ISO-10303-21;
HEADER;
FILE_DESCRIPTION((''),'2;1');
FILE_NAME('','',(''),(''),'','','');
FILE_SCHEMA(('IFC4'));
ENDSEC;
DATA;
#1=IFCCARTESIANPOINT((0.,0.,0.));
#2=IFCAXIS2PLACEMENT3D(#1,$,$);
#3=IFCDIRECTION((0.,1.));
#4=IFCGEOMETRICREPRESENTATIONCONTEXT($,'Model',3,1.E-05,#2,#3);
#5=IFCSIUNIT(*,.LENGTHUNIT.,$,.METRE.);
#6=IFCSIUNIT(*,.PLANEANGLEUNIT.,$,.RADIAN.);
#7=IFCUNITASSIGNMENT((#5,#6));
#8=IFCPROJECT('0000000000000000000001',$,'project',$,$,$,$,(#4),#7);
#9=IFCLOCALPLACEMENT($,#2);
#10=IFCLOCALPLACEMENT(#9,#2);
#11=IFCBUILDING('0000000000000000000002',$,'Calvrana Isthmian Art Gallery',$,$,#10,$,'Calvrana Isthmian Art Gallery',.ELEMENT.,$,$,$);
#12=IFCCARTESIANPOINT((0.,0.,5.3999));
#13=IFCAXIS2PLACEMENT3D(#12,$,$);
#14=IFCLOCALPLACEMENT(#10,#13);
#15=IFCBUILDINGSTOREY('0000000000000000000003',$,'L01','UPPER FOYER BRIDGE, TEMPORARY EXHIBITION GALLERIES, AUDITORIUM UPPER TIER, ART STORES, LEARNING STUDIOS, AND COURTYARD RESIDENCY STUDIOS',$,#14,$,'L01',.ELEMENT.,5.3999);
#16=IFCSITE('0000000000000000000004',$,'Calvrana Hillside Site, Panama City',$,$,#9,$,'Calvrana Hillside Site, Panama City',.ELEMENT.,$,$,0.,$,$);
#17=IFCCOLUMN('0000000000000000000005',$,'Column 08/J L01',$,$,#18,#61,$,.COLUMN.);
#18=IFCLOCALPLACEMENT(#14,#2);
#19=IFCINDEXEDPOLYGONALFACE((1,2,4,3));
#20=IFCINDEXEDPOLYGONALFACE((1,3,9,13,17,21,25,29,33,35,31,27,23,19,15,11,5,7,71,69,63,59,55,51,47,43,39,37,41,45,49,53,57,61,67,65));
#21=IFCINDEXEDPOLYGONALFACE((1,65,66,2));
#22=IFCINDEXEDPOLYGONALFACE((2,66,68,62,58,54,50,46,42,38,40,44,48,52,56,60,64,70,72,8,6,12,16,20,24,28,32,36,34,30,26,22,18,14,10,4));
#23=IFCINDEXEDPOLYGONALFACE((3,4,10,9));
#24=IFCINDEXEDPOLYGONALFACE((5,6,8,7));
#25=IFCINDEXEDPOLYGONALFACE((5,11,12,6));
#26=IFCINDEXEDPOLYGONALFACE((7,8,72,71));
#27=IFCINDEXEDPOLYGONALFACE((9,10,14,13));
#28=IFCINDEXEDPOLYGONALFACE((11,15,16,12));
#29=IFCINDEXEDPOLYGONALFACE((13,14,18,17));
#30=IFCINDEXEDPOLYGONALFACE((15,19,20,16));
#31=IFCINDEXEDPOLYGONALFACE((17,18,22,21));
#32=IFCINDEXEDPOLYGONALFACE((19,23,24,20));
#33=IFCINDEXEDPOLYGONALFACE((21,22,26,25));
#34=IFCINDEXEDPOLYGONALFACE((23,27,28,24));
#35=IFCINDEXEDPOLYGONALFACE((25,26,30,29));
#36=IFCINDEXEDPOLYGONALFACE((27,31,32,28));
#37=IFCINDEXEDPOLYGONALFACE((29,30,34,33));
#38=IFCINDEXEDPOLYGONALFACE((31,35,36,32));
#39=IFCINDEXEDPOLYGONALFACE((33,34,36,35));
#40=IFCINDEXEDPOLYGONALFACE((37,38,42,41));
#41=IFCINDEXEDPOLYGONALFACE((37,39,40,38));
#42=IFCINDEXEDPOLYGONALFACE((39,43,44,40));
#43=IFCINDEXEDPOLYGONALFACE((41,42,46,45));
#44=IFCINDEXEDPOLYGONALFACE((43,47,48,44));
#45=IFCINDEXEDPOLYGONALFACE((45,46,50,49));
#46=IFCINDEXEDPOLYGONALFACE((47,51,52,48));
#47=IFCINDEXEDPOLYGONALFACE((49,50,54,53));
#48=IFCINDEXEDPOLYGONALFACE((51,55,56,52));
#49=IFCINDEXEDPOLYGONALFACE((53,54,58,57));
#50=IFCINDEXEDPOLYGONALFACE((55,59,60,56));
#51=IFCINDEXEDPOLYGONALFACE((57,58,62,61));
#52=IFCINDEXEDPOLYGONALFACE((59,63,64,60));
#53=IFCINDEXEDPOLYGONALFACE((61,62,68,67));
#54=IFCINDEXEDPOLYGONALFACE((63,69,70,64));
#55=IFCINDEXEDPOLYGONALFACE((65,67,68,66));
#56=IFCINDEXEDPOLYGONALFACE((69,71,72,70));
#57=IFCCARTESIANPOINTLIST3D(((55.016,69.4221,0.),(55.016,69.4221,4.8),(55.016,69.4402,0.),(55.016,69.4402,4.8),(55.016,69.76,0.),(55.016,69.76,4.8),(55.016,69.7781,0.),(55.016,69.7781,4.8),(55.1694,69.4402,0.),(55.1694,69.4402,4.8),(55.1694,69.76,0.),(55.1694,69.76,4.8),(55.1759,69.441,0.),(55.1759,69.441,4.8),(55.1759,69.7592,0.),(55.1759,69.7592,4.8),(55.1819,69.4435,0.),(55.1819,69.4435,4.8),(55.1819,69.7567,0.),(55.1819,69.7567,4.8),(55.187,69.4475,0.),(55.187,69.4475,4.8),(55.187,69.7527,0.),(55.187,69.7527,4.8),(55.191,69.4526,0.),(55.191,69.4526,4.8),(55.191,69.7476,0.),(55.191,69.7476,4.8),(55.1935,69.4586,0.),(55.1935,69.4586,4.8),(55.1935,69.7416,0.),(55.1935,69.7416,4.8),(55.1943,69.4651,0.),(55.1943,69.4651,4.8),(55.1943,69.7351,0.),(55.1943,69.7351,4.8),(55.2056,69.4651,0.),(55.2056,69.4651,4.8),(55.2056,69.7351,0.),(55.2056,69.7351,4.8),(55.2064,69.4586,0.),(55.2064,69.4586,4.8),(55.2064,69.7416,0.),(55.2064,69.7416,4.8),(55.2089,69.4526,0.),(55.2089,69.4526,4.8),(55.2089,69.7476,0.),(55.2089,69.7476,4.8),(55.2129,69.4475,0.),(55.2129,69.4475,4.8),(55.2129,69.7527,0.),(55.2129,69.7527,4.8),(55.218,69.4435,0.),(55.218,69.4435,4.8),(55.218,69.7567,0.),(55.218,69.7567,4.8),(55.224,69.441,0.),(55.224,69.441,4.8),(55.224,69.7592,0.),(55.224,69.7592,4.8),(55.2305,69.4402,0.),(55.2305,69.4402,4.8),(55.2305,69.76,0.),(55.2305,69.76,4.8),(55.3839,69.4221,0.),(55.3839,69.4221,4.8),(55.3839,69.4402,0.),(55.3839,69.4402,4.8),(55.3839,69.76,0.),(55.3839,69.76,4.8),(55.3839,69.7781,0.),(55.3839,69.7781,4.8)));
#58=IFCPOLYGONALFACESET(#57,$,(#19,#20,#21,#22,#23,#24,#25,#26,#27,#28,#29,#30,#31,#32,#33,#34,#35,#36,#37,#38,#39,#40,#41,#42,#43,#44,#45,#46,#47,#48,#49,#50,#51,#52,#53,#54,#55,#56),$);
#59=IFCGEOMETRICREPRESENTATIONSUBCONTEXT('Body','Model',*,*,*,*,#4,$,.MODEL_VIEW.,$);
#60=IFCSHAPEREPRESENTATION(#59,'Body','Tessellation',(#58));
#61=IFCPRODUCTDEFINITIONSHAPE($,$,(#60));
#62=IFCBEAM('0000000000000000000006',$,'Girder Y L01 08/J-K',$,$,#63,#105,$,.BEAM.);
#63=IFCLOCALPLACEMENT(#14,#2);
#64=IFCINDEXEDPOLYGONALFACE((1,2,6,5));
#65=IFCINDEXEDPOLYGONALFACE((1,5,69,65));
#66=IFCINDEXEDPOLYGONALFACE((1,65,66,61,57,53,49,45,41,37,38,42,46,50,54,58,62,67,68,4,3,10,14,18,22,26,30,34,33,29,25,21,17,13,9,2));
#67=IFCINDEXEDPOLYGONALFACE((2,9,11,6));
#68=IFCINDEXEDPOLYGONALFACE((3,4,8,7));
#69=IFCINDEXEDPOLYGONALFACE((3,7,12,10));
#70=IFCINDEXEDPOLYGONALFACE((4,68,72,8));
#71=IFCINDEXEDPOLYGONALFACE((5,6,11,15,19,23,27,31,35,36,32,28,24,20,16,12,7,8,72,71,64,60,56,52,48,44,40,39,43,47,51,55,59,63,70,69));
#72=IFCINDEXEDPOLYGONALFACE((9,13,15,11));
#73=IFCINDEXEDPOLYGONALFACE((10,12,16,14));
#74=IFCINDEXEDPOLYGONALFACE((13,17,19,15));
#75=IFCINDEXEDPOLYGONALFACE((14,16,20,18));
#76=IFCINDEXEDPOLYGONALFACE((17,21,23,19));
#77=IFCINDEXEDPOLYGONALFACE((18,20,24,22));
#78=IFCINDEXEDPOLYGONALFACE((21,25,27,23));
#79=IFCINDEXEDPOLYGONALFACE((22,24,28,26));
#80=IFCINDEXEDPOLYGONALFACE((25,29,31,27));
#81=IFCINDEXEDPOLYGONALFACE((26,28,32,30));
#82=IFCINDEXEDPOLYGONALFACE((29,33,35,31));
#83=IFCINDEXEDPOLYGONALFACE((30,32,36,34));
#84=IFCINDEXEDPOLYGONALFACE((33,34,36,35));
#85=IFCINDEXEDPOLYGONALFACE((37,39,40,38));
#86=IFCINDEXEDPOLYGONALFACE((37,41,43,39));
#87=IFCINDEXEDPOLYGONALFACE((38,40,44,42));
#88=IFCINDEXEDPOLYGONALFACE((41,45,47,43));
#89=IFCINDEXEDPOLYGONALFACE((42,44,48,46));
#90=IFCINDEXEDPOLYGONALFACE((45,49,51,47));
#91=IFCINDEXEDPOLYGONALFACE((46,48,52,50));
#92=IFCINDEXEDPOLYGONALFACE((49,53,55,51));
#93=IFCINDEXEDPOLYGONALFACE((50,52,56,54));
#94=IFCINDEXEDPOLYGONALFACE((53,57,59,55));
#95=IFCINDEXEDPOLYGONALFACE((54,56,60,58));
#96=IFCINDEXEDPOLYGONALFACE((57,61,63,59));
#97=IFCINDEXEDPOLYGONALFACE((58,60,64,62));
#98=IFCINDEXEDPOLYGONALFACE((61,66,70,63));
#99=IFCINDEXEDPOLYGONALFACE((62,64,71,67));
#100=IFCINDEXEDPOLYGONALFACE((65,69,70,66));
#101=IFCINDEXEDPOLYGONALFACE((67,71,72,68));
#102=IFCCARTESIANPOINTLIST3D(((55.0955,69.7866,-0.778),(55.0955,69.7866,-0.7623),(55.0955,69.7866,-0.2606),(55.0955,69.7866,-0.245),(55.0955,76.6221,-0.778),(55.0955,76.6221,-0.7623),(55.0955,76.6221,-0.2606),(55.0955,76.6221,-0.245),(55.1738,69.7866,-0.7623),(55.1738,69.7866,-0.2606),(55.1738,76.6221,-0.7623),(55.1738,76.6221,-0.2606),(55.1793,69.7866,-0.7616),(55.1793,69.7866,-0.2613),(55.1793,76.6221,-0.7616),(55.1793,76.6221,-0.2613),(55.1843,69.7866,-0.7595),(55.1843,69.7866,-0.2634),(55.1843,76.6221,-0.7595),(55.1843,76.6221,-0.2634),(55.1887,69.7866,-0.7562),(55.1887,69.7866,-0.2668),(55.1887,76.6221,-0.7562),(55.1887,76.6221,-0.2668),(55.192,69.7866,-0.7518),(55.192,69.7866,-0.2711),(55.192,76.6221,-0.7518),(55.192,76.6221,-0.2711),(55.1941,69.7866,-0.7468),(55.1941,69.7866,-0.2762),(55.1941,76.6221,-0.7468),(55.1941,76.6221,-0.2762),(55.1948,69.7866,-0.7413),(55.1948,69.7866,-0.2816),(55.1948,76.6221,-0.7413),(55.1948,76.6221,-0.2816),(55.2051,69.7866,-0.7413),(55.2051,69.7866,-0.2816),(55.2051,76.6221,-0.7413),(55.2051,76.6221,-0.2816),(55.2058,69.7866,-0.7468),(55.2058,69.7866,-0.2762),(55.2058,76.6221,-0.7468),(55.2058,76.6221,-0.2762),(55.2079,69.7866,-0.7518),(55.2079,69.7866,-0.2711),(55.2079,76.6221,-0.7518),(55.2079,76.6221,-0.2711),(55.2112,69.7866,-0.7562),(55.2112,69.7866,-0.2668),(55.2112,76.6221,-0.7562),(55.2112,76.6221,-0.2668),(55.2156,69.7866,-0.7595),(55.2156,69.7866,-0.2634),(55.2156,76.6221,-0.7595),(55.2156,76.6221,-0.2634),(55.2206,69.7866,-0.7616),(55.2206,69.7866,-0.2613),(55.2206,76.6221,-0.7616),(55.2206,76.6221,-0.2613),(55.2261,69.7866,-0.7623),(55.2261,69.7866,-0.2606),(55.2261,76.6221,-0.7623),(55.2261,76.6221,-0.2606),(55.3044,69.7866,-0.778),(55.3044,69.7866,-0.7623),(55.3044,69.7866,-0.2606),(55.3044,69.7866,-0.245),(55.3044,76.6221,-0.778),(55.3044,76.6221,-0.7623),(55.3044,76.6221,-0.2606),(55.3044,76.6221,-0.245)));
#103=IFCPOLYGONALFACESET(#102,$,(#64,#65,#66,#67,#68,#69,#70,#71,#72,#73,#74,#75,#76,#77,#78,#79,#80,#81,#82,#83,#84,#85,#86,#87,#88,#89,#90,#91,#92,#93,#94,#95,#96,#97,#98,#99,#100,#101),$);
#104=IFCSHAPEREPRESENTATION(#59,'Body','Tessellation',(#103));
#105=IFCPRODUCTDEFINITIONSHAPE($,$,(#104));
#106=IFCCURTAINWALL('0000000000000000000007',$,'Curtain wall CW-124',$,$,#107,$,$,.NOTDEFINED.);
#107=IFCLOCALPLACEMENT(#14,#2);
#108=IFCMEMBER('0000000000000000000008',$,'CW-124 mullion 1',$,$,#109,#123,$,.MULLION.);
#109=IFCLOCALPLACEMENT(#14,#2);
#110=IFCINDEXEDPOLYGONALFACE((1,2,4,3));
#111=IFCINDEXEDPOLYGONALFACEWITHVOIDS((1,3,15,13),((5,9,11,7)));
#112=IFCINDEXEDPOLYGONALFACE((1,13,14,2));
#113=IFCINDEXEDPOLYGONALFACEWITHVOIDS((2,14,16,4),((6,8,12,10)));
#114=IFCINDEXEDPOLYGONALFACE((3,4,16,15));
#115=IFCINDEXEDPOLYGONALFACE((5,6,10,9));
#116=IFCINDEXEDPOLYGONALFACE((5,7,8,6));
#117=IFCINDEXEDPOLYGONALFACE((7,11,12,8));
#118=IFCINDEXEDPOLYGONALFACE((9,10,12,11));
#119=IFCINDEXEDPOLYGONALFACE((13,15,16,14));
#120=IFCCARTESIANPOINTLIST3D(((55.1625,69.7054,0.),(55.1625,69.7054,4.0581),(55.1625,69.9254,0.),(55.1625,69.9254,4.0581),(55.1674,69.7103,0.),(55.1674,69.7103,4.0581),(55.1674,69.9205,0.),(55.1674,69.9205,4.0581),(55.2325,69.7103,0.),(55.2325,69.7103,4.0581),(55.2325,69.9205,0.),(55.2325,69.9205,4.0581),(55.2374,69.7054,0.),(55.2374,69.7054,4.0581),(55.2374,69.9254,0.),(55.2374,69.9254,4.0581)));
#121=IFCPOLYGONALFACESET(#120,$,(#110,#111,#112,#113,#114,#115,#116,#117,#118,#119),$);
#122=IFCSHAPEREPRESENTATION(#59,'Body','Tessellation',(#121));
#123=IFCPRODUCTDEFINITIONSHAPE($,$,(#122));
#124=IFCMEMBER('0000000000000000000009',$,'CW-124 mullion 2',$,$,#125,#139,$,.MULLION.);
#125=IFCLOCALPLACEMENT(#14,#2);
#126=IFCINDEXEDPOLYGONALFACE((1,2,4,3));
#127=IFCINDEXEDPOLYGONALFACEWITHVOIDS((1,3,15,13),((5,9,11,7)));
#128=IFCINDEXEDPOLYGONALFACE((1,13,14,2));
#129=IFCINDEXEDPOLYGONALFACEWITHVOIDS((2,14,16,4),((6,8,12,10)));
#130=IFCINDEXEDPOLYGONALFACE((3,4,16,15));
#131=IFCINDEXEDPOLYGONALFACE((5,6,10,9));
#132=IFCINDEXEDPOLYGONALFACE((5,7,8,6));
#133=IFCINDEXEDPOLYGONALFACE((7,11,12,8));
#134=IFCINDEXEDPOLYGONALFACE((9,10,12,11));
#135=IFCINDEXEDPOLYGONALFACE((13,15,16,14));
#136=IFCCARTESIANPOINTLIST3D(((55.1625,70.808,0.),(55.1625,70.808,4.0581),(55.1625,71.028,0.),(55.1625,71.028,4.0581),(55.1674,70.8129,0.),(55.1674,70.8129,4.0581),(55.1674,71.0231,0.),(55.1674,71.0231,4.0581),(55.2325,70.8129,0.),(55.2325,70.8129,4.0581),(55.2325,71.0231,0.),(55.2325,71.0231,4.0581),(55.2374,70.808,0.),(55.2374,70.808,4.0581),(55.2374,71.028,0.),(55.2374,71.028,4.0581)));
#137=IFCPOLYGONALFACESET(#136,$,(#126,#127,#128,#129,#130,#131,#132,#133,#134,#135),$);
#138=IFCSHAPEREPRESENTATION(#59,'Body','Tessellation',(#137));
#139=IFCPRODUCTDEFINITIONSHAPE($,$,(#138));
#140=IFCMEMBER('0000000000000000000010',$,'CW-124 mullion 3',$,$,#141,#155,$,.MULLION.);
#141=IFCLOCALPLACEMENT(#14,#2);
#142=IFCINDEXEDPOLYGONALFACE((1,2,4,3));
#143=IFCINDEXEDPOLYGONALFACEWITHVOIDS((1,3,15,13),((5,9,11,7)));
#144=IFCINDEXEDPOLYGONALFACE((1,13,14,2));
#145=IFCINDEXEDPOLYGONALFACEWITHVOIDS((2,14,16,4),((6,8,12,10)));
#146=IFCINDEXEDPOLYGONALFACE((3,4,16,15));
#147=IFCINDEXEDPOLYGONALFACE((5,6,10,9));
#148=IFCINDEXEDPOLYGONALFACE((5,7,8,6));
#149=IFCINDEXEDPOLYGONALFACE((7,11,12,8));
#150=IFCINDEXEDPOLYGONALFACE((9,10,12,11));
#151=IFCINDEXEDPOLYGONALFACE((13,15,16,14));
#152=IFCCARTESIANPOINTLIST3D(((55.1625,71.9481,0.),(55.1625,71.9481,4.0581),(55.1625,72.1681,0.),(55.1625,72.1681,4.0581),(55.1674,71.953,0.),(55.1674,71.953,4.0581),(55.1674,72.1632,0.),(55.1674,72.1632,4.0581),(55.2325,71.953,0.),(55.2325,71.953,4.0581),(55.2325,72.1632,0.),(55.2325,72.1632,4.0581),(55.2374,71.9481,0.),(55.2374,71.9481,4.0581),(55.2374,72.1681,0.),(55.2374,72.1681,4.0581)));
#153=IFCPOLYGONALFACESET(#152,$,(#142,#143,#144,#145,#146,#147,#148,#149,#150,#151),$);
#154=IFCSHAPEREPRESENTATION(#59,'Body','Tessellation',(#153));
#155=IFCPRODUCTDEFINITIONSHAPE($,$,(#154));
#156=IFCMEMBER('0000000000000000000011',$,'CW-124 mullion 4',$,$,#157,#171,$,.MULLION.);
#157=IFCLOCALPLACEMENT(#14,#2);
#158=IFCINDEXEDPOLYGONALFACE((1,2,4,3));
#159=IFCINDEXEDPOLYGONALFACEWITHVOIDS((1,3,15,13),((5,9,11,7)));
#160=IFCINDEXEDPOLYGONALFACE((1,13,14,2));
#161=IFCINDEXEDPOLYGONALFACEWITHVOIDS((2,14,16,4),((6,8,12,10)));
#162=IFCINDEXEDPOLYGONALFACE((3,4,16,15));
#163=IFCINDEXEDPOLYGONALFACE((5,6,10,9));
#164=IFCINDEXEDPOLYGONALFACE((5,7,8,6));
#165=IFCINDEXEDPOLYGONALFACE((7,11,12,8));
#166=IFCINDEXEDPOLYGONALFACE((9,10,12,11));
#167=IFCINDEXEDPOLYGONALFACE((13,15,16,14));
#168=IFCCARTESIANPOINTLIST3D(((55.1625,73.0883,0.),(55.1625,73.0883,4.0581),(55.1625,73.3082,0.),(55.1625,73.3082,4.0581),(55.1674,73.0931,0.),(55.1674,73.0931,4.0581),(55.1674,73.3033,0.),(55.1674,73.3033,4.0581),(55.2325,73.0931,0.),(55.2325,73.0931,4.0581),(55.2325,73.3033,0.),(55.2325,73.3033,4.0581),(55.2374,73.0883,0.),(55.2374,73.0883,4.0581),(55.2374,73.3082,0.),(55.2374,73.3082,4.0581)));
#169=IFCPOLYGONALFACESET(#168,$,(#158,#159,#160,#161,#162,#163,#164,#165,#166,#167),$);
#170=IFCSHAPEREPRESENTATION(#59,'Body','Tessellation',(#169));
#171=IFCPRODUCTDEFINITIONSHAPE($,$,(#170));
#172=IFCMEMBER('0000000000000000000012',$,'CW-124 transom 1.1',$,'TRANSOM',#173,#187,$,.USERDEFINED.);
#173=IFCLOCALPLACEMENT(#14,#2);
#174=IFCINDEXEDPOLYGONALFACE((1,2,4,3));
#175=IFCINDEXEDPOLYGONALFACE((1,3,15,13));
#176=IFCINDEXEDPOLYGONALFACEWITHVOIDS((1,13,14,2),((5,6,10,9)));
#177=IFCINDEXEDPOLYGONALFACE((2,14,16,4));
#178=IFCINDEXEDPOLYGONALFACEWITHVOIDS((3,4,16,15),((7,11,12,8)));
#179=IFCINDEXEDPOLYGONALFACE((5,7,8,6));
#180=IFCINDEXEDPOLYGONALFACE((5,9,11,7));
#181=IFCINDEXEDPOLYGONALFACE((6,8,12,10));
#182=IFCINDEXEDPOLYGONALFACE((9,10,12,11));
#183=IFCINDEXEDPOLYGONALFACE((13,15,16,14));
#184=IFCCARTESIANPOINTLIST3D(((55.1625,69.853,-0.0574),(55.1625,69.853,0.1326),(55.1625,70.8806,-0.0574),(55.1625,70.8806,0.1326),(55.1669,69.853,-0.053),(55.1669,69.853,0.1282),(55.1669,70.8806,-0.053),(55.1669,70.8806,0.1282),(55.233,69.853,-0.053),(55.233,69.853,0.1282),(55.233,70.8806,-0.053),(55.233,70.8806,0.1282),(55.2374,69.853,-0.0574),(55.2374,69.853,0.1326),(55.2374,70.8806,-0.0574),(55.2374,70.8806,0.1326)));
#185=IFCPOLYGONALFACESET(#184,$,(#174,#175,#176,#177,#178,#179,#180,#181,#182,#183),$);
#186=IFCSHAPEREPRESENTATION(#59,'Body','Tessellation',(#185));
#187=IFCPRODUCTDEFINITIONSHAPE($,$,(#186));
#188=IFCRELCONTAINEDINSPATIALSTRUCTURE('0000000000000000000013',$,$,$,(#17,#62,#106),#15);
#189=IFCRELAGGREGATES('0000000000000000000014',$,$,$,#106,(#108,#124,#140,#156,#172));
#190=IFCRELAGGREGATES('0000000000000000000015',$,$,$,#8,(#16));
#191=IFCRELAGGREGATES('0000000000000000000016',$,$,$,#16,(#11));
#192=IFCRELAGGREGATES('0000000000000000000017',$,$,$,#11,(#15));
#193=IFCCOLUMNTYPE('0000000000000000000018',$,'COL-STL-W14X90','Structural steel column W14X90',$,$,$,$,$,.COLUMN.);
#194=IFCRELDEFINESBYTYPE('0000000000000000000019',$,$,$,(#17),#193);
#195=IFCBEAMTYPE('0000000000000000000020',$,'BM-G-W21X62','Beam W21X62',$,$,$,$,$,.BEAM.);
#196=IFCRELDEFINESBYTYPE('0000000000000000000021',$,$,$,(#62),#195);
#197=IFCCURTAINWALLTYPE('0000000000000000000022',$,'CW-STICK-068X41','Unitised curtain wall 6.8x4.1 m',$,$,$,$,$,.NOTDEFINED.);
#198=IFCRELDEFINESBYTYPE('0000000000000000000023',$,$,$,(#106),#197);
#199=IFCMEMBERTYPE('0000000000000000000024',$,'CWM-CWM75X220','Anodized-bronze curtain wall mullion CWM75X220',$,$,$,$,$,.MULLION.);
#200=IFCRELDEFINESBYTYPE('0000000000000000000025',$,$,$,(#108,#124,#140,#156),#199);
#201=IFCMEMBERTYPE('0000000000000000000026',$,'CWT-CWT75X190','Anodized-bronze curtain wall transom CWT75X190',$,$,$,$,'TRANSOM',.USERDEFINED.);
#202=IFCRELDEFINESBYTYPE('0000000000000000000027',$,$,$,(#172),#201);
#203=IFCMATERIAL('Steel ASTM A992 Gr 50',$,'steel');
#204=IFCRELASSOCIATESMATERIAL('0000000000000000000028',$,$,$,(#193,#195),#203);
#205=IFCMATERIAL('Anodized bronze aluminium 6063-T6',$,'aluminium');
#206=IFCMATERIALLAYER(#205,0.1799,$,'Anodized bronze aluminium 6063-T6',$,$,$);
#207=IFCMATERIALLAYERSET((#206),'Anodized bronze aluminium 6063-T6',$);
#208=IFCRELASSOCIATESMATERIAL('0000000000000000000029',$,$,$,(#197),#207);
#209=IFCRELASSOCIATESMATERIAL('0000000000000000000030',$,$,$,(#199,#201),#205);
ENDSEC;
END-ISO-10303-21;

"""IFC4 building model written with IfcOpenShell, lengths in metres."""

from ifc_helpers import new_model, si_unit, direction, frame, origin, origin_2d, place, context, subcontext, project, spatial, hollow_rectangle, i_section, extrude, material, layer, layer_set, material_profile, profile_set, type_object, element, aggregate, save


model = new_model("IFC4")

# Units and contexts
model_context = context("Model", 3, precision=1e-05, world=origin(), true_north=direction((0.0, 1.0)))
body_context = subcontext(model_context, "Body", "Model", "MODEL_VIEW")
ifc_project = project(units=[si_unit("LENGTHUNIT", "METRE"), si_unit("PLANEANGLEUNIT", "RADIAN")], contexts=[model_context])

# Site, building, storey
site_placement = place(None, origin())
site = spatial("IfcSite", under=ifc_project, at=site_placement, Name="Calvrana Hillside Site, Panama City", LongName="Calvrana Hillside Site, Panama City", CompositionType="ELEMENT", RefElevation=0.0)
building_placement = place(site_placement, origin())
building = spatial("IfcBuilding", under=site, at=building_placement, Name="Calvrana Isthmian Art Gallery", LongName="Calvrana Isthmian Art Gallery", CompositionType="ELEMENT")
storey_placement = place(building_placement, frame((0.0, 0.0, 5.3999)))
storey = spatial("IfcBuildingStorey", under=building, at=storey_placement, Name="L01", Description="UPPER FOYER BRIDGE, TEMPORARY EXHIBITION GALLERIES, AUDITORIUM UPPER TIER, ART STORES, LEARNING STUDIOS, AND COURTYARD RESIDENCY STUDIOS", LongName="L01", CompositionType="ELEMENT", Elevation=5.3999)

# Column
ifc_material_1 = material(Name="Steel ASTM A992 Gr 50", Category="steel")
ifc_material_profile_1 = material_profile(ifc_material_1, i_section(OverallWidth=0.3679, OverallDepth=0.356, WebThickness=0.0112, FlangeThickness=0.0181, FilletRadius=0.0249, at=origin_2d()), Name="W14X90")
ifc_profile_set_1 = profile_set([ifc_material_profile_1], Name="Steel ASTM A992 Gr 50")
column_type = type_object("IfcColumnType", Name="COL-STL-W14X90", Description="Structural steel column W14X90", PredefinedType="COLUMN", material=ifc_profile_set_1)
column_placement = place(storey_placement, frame((55.2, 69.6001, 0.0), z_axis=(0.0, 0.0, 1.0), x_axis=(1.0, 0.0, 0.0)))
element("IfcColumn", 1, at=column_placement, inside=storey, type_object=column_type, Name="Column 08/J L01", PredefinedType="COLUMN", context=body_context, shape_type="SweptSolid", body=[
    extrude(i_section(OverallWidth=0.3679, OverallDepth=0.356, WebThickness=0.0112, FlangeThickness=0.0181, FilletRadius=0.0249, at=origin_2d()), origin(), (0.0, 0.0, 1.0), 4.8),
])

# Beam
ifc_material_profile_2 = material_profile(ifc_material_1, i_section(OverallWidth=0.209, OverallDepth=0.533, WebThickness=0.0103, FlangeThickness=0.0156, FilletRadius=0.021, at=origin_2d()), Name="W21X62")
ifc_profile_set_2 = profile_set([ifc_material_profile_2], Name="Steel ASTM A992 Gr 50")
beam_type = type_object("IfcBeamType", Name="BM-G-W21X62", Description="Beam W21X62", PredefinedType="BEAM", material=ifc_profile_set_2)
beam_placement = place(storey_placement, frame((55.2, 69.7866, -0.5115), z_axis=(0.0, 1.0, 0.0), x_axis=(-1.0, 0.0, 0.0)))
element("IfcBeam", 2, at=beam_placement, inside=storey, type_object=beam_type, Name="Girder Y L01 08/J-K", PredefinedType="BEAM", context=body_context, shape_type="SweptSolid", body=[
    extrude(i_section(OverallWidth=0.209, OverallDepth=0.533, WebThickness=0.0103, FlangeThickness=0.0156, FilletRadius=0.021, at=origin_2d()), origin(), (0.0, 0.0, 1.0), 6.8354),
])

# Curtain wall, members
ifc_material_2 = material(Name="Anodized bronze aluminium 6063-T6", Category="aluminium")
ifc_layer_1 = layer(ifc_material_2, 0.1799, Name="Anodized bronze aluminium 6063-T6")
ifc_layer_set_1 = layer_set([ifc_layer_1], Name="Anodized bronze aluminium 6063-T6")
curtain_wall_type = type_object("IfcCurtainWallType", Name="CW-STICK-068X41", Description="Unitised curtain wall 6.8x4.1 m", PredefinedType="NOTDEFINED", material=ifc_layer_set_1)
curtain_wall_placement = place(storey_placement, origin())
curtain_wall = element("IfcCurtainWall", 3, at=curtain_wall_placement, inside=storey, type_object=curtain_wall_type, Name="Curtain wall CW-124", PredefinedType="NOTDEFINED")
ifc_material_profile_3 = material_profile(ifc_material_2, hollow_rectangle(XDim=0.075, YDim=0.22, WallThickness=0.0049, at=origin_2d()), Name="CWM75X220")
ifc_profile_set_3 = profile_set([ifc_material_profile_3], Name="Anodized bronze aluminium 6063-T6")
member_type_1 = type_object("IfcMemberType", Name="CWM-CWM75X220", Description="Anodized-bronze curtain wall mullion CWM75X220", PredefinedType="MULLION", material=ifc_profile_set_3)
member_1_placement = place(storey_placement, frame((55.2, 69.8154, 0.0), z_axis=(0.0, 0.0, 1.0), x_axis=(-1.0, 0.0, 0.0)))
member_1 = element("IfcMember", 4, at=member_1_placement, type_object=member_type_1, Name="CW-124 mullion 1", PredefinedType="MULLION", context=body_context, shape_type="SweptSolid", body=[
    extrude(hollow_rectangle(XDim=0.075, YDim=0.22, WallThickness=0.0049, at=origin_2d()), origin(), (0.0, 0.0, 1.0), 4.0581),
])
member_2_placement = place(storey_placement, frame((55.2, 70.918, 0.0), z_axis=(0.0, 0.0, 1.0), x_axis=(-1.0, 0.0, 0.0)))
member_2 = element("IfcMember", 5, at=member_2_placement, type_object=member_type_1, Name="CW-124 mullion 2", PredefinedType="MULLION", context=body_context, shape_type="SweptSolid", body=[
    extrude(hollow_rectangle(XDim=0.075, YDim=0.22, WallThickness=0.0049, at=origin_2d()), origin(), (0.0, 0.0, 1.0), 4.0581),
])
member_3_placement = place(storey_placement, frame((55.2, 72.0581, 0.0), z_axis=(0.0, 0.0, 1.0), x_axis=(-1.0, 0.0, 0.0)))
member_3 = element("IfcMember", 6, at=member_3_placement, type_object=member_type_1, Name="CW-124 mullion 3", PredefinedType="MULLION", context=body_context, shape_type="SweptSolid", body=[
    extrude(hollow_rectangle(XDim=0.075, YDim=0.22, WallThickness=0.0049, at=origin_2d()), origin(), (0.0, 0.0, 1.0), 4.0581),
])
member_4_placement = place(storey_placement, frame((55.2, 73.1982, 0.0), z_axis=(0.0, 0.0, 1.0), x_axis=(-1.0, 0.0, 0.0)))
member_4 = element("IfcMember", 7, at=member_4_placement, type_object=member_type_1, Name="CW-124 mullion 4", PredefinedType="MULLION", context=body_context, shape_type="SweptSolid", body=[
    extrude(hollow_rectangle(XDim=0.075, YDim=0.22, WallThickness=0.0049, at=origin_2d()), origin(), (0.0, 0.0, 1.0), 4.0581),
])
ifc_material_profile_4 = material_profile(ifc_material_2, hollow_rectangle(XDim=0.075, YDim=0.1899, WallThickness=0.0044, at=origin_2d()), Name="CWT75X190")
ifc_profile_set_4 = profile_set([ifc_material_profile_4], Name="Anodized bronze aluminium 6063-T6")
member_type_2 = type_object("IfcMemberType", Name="CWT-CWT75X190", Description="Anodized-bronze curtain wall transom CWT75X190", ElementType="TRANSOM", PredefinedType="USERDEFINED", material=ifc_profile_set_4)
member_5_placement = place(storey_placement, frame((55.2, 69.853, 0.0376), z_axis=(0.0, 1.0, 0.0), x_axis=(-1.0, 0.0, 0.0)))
member_5 = element("IfcMember", 8, at=member_5_placement, type_object=member_type_2, Name="CW-124 transom 1.1", ObjectType="TRANSOM", PredefinedType="USERDEFINED", context=body_context, shape_type="SweptSolid", body=[
    extrude(hollow_rectangle(XDim=0.075, YDim=0.1899, WallThickness=0.0044, at=origin_2d()), origin(), (0.0, 0.0, 1.0), 1.0276),
])
aggregate(curtain_wall, [member_1, member_2, member_3, member_4, member_5])

save(model, "model.ifc")
